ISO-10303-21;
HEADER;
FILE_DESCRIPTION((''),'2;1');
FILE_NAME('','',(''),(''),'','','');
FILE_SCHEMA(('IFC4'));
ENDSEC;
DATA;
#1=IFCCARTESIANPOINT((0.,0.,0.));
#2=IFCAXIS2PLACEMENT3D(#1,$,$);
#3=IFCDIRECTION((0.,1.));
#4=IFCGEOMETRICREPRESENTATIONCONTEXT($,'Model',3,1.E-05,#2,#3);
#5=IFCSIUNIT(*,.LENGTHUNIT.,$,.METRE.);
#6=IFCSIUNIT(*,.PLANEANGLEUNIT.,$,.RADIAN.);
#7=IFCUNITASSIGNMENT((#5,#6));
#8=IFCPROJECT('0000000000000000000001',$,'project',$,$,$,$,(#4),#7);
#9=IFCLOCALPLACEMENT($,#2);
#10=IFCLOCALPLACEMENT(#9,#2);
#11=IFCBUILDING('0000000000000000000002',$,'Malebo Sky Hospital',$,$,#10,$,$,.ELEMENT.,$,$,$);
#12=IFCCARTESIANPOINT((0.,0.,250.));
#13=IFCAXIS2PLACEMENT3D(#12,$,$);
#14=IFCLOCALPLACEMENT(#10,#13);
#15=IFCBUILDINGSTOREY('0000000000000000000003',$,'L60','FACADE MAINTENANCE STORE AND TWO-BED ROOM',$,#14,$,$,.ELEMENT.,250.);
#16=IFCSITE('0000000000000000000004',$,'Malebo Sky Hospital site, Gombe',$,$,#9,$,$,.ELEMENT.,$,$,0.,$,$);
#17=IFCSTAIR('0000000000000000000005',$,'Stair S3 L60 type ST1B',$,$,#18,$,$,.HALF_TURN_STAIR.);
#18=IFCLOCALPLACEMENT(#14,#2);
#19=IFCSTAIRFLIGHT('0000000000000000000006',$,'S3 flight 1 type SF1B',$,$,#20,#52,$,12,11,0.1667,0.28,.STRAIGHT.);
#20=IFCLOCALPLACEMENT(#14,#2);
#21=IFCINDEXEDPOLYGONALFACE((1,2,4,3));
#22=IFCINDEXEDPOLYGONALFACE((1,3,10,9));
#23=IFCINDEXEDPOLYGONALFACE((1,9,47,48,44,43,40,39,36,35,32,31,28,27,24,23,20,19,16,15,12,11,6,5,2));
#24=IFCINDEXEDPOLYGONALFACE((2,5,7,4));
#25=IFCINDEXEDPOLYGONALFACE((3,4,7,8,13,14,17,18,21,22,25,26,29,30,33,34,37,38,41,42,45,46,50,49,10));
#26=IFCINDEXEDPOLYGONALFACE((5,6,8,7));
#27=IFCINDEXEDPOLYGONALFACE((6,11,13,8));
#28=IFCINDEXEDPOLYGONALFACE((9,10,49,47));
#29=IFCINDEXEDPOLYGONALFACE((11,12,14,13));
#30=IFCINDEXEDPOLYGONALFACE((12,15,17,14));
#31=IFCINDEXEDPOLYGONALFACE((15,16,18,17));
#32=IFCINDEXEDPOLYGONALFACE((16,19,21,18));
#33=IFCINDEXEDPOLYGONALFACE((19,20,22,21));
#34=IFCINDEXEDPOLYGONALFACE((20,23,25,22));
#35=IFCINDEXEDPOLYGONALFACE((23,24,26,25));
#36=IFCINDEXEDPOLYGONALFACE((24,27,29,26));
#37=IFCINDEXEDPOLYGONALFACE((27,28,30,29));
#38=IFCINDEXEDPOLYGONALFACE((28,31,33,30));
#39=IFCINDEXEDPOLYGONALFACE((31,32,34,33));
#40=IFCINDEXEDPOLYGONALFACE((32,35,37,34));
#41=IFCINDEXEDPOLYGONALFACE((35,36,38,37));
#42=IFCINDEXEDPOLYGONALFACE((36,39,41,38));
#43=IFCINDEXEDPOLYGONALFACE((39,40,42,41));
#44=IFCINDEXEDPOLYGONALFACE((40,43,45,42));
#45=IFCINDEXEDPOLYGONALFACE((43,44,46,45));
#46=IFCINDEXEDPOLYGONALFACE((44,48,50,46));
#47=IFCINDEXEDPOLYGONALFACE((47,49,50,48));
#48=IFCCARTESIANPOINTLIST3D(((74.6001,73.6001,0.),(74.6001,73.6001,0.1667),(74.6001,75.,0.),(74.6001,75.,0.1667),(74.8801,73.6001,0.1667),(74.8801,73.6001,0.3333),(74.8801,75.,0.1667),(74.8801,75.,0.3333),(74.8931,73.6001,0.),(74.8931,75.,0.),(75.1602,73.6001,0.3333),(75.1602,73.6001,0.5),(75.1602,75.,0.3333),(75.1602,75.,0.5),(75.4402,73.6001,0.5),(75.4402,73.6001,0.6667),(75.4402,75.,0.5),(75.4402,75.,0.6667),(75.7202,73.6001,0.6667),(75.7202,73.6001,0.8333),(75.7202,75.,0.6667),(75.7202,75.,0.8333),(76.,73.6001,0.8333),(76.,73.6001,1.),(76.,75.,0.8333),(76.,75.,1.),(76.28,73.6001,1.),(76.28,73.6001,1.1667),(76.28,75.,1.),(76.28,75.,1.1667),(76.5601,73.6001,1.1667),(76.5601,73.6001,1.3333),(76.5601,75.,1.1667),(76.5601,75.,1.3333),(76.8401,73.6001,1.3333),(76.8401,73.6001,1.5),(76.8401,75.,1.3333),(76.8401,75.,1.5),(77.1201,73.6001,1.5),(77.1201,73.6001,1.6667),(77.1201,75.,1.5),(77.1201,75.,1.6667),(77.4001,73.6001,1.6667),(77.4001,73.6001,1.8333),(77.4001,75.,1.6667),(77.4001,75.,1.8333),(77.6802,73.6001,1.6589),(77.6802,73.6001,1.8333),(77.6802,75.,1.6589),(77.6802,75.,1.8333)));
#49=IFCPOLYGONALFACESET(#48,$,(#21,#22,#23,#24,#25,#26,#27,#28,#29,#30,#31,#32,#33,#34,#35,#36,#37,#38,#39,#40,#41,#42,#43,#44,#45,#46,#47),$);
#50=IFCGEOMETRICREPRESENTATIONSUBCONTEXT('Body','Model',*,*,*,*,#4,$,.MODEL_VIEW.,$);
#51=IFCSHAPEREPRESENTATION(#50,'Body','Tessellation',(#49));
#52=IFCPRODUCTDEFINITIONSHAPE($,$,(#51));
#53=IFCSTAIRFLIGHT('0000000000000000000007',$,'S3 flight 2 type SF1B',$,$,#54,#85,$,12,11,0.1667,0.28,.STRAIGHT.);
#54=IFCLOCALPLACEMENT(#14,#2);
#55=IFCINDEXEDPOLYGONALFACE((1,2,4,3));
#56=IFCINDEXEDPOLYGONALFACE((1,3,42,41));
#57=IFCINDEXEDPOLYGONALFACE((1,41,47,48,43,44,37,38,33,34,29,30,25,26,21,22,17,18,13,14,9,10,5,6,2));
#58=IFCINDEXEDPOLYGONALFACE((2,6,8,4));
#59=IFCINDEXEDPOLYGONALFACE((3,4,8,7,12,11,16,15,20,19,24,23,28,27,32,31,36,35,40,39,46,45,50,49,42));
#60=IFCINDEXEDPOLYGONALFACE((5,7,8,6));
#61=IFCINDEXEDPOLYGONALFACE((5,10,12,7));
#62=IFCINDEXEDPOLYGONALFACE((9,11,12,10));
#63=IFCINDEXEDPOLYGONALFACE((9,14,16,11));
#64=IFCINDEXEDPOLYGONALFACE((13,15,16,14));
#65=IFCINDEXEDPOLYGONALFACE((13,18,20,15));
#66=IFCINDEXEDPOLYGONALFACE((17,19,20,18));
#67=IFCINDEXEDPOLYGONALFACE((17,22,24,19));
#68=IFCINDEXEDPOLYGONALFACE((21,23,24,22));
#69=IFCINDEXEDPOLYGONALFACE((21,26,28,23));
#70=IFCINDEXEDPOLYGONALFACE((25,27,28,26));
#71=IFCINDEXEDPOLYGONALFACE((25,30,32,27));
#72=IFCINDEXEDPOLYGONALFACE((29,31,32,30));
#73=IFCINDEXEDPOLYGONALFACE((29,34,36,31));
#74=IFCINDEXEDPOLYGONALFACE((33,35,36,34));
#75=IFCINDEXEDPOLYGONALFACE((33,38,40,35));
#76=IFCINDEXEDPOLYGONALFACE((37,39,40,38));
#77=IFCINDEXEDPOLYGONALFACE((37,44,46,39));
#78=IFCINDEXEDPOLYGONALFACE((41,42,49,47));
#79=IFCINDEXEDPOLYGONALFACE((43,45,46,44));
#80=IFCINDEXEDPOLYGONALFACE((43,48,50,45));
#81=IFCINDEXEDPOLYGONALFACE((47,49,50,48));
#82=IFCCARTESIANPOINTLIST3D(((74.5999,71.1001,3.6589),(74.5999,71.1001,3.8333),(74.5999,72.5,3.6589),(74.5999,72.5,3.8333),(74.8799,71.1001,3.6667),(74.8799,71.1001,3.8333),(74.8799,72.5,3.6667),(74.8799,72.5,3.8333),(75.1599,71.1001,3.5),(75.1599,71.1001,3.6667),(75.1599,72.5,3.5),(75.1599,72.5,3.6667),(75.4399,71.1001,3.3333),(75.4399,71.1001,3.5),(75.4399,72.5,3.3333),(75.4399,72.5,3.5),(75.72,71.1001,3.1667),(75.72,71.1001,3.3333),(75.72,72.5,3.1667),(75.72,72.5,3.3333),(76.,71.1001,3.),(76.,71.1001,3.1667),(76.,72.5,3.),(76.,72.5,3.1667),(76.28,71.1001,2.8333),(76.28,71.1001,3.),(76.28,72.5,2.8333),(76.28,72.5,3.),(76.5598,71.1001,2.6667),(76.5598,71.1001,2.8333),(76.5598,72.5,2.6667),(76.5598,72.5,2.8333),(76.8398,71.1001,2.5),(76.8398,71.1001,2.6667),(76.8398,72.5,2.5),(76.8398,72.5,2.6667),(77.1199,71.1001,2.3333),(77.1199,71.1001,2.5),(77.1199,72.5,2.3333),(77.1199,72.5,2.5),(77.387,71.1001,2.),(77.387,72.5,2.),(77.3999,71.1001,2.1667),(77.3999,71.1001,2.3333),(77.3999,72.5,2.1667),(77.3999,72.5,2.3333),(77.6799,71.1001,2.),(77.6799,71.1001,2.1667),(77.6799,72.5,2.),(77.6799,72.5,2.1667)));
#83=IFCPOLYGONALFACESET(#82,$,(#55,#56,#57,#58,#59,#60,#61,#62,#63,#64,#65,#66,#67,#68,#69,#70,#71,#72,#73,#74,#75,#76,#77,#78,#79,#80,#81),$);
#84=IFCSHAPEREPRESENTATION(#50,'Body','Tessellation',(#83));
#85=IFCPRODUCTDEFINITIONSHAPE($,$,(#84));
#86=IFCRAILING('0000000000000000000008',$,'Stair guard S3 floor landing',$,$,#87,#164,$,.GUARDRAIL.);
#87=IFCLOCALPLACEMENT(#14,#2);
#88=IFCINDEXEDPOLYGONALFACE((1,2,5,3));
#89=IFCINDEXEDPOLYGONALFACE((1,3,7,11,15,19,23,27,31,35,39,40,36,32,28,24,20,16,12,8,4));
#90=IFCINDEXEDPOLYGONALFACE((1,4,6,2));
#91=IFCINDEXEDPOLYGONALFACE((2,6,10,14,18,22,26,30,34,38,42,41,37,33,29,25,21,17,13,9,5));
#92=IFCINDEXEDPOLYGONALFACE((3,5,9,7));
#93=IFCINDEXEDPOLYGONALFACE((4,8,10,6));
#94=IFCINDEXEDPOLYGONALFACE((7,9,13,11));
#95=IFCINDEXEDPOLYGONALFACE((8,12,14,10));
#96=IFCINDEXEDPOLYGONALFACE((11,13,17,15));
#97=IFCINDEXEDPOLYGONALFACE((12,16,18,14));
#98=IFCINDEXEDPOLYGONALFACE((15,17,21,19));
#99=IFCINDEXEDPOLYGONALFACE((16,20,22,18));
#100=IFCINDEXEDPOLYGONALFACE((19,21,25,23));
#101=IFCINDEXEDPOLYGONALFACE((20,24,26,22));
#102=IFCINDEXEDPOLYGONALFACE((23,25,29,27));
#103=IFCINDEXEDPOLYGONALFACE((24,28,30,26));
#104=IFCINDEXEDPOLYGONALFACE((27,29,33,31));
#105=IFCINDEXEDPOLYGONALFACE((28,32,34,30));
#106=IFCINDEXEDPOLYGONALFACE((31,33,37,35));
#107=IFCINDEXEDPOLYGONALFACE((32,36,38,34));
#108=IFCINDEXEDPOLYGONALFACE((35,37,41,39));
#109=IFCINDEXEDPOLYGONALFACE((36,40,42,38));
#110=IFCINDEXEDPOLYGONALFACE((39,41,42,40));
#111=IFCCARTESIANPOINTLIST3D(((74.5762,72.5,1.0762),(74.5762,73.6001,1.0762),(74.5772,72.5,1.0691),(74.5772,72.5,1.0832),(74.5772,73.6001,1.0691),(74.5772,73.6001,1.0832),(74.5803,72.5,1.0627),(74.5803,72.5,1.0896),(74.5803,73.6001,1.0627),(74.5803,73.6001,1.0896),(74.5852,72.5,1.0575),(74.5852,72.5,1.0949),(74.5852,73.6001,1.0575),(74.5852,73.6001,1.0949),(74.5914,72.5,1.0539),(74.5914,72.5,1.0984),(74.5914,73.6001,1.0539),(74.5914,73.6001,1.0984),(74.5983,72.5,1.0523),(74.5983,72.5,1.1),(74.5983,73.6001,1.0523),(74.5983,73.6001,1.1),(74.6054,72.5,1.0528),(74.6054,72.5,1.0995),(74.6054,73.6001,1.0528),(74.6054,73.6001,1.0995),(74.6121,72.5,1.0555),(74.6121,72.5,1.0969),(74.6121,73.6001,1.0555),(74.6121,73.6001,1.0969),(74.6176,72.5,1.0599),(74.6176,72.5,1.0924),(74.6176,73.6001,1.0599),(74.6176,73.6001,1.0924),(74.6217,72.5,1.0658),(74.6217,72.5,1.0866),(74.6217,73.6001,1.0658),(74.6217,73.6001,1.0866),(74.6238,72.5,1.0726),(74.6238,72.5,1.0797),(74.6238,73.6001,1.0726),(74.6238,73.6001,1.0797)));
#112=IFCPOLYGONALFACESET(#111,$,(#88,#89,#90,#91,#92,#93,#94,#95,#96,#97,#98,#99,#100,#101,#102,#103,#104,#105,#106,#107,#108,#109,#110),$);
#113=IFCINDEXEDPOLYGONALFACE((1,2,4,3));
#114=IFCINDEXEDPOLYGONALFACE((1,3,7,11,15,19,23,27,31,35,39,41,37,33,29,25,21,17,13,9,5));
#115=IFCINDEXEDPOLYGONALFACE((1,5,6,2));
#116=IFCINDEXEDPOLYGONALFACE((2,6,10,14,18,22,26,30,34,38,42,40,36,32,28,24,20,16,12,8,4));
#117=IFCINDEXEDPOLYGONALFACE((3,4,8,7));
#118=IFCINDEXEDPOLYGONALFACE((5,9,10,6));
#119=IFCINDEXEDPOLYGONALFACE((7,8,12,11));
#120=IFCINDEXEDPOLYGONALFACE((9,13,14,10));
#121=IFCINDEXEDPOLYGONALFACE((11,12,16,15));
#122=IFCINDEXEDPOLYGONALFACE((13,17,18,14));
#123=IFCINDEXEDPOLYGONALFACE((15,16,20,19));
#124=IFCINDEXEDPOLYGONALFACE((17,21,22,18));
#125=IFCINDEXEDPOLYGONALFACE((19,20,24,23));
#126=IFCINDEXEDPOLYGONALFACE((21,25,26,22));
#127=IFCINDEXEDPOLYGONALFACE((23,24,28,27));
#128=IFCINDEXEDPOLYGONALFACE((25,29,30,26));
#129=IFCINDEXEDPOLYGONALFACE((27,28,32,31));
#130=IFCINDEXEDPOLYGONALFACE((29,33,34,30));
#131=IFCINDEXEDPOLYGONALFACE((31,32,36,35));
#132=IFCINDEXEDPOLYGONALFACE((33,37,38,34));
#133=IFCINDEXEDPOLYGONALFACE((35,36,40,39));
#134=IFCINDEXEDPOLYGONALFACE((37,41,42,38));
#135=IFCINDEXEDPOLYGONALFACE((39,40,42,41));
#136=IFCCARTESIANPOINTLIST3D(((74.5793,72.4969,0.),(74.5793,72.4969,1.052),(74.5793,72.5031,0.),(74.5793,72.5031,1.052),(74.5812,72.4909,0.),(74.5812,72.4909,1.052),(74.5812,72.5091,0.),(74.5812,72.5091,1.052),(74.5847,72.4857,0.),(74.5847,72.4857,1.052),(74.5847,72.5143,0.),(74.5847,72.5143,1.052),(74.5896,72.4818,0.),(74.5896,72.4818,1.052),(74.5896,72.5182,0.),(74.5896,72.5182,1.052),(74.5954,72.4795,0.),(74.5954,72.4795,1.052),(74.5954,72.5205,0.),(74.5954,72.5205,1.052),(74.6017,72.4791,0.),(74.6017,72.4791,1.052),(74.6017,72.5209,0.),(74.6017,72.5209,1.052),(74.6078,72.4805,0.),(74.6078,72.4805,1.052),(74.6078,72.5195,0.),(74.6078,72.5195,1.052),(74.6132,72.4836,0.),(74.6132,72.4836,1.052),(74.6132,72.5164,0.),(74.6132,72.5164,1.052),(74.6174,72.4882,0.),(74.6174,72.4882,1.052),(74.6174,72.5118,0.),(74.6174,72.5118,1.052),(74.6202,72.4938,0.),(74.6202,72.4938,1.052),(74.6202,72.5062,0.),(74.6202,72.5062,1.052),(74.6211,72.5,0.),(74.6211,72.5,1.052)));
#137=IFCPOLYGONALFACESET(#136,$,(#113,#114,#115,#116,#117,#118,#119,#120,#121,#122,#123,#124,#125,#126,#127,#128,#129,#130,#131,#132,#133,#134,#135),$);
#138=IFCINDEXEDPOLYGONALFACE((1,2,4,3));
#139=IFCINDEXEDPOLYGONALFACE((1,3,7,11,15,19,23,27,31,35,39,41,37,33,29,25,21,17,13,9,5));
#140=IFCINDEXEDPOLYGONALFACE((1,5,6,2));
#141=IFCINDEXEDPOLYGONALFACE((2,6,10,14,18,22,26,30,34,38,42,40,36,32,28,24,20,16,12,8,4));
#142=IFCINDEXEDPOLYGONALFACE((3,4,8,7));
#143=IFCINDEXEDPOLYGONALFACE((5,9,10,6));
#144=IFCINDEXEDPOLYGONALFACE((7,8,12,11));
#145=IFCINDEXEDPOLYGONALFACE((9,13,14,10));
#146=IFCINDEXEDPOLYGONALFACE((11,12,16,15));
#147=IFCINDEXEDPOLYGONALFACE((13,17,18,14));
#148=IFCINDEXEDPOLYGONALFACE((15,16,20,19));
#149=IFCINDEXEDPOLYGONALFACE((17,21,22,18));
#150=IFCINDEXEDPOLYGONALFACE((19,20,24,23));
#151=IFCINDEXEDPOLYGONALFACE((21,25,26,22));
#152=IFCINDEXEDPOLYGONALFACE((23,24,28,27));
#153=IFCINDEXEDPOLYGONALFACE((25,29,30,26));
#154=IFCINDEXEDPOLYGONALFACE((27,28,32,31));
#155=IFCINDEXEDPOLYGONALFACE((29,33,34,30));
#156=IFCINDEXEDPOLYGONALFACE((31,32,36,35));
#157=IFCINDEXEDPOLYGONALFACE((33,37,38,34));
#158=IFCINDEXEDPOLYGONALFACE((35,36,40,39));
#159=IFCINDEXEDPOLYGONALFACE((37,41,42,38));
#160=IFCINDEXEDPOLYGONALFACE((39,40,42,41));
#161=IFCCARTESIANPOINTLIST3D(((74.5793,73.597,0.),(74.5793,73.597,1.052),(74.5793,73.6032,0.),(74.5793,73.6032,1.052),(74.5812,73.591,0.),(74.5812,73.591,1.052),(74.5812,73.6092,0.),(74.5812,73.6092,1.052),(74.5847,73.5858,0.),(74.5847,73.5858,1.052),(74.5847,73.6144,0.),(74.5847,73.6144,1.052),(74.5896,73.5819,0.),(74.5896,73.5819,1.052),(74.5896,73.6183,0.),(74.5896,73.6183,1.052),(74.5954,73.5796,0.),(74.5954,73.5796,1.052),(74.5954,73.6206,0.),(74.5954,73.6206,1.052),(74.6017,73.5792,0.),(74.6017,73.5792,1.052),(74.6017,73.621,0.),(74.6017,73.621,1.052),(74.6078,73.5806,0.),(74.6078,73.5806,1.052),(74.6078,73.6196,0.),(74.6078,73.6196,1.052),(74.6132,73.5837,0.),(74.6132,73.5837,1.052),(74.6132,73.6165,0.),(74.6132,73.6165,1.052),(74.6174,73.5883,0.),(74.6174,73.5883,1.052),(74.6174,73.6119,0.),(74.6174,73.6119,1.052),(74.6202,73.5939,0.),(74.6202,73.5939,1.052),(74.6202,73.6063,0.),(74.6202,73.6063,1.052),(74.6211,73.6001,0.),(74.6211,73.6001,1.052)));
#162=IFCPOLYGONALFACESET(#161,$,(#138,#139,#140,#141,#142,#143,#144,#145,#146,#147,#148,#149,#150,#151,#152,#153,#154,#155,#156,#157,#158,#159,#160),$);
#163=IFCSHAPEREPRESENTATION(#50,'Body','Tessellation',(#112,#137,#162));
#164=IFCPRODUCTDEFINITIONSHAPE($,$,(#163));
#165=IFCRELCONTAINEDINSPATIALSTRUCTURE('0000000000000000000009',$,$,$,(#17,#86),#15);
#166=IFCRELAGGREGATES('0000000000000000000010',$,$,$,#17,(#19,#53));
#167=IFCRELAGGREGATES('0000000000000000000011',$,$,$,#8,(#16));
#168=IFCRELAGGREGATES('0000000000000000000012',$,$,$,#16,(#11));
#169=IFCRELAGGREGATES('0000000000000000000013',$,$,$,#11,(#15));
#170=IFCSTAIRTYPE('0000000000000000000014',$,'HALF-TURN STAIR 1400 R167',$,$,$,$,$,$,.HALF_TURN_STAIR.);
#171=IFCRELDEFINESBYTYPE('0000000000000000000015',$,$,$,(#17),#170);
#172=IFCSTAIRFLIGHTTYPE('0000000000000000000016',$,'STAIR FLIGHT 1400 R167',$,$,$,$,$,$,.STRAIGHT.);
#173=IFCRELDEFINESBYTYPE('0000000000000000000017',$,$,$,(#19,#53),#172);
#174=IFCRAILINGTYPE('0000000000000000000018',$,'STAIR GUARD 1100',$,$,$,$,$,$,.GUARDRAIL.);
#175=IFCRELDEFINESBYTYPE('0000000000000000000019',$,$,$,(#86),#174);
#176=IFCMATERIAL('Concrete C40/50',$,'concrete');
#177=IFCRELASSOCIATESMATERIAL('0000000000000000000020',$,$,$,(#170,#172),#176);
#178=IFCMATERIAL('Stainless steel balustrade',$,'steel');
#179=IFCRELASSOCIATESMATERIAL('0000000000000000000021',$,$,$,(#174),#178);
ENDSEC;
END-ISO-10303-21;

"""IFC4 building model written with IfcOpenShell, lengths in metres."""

from ifc_helpers import new_model, si_unit, direction, frame, origin, origin_2d, place, context, subcontext, project, spatial, polyline, circle, outline, extrude, material, type_object, element, aggregate, save


model = new_model("IFC4")

# Units and contexts
model_context = context("Model", 3, precision=1e-05, world=origin(), true_north=direction((0.0, 1.0)))
body_context = subcontext(model_context, "Body", "Model", "MODEL_VIEW")
ifc_project = project(units=[si_unit("LENGTHUNIT", "METRE"), si_unit("PLANEANGLEUNIT", "RADIAN")], contexts=[model_context])

# Site, building, storey
site_placement = place(None, origin())
site = spatial("IfcSite", under=ifc_project, at=site_placement, Name="Malebo Sky Hospital site, Gombe", CompositionType="ELEMENT", RefElevation=0.0)
building_placement = place(site_placement, origin())
building = spatial("IfcBuilding", under=site, at=building_placement, Name="Malebo Sky Hospital", CompositionType="ELEMENT")
storey_placement = place(building_placement, frame((0.0, 0.0, 250.0)))
storey = spatial("IfcBuildingStorey", under=building, at=storey_placement, Name="L60", Description="FACADE MAINTENANCE STORE AND TWO-BED ROOM", CompositionType="ELEMENT", Elevation=250.0)

# Shared definitions
ifc_material_1 = material(Name="Concrete C40/50", Category="concrete")

# Stair, stair flights
stair_type = type_object("IfcStairType", Name="HALF-TURN STAIR 1400 R167", PredefinedType="HALF_TURN_STAIR", material=ifc_material_1)
stair_placement = place(storey_placement, origin())
stair = element("IfcStair", 1, at=stair_placement, inside=storey, type_object=stair_type, Name="Stair S3 L60 type ST1B", PredefinedType="HALF_TURN_STAIR")
stair_flight_type = type_object("IfcStairFlightType", Name="STAIR FLIGHT 1400 R167", PredefinedType="STRAIGHT", material=ifc_material_1)
stair_flight_1_placement = place(storey_placement, frame((74.6001, 74.3, 0.0), z_axis=(0.0, 0.0, 1.0), x_axis=(1.0, 0.0, 0.0)))
stair_flight_1 = element("IfcStairFlight", 2, at=stair_flight_1_placement, type_object=stair_flight_type, Name="S3 flight 1 type SF1B", NumberOfRisers=12, NumberOfTreads=11, PredefinedType="STRAIGHT", RiserHeight=0.1667, TreadLength=0.28, context=body_context, shape_type="SweptSolid", body=[
    extrude(outline(polyline([(0.0, 0.0), (0.0, 0.1667), (0.28, 0.1667), (0.28, 0.3333), (0.5601, 0.3333), (0.5601, 0.5), (0.8401, 0.5), (0.8401, 0.6667), (1.1201, 0.6667), (1.1201, 0.8333), (1.3999, 0.8333), (1.3999, 1.0), (1.6799, 1.0), (1.6799, 1.1667), (1.96, 1.1667), (1.96, 1.3333), (2.24, 1.3333), (2.24, 1.5), (2.52, 1.5), (2.52, 1.6667), (2.8, 1.6667), (2.8, 1.8333), (3.0801, 1.8333), (3.0801, 2.0), (3.0801, 1.6589), (0.293, 0.0), (0.0, 0.0)])), frame((0.0, 0.7, 0.0), z_axis=(0.0, -1.0, 0.0), x_axis=(1.0, 0.0, 0.0)), (0.0, 0.0, 1.0), 1.3999),
])
stair_flight_2_placement = place(storey_placement, frame((77.6799, 71.8, 2.0), z_axis=(0.0, 0.0, 1.0), x_axis=(-1.0, 0.0, 0.0)))
stair_flight_2 = element("IfcStairFlight", 3, at=stair_flight_2_placement, type_object=stair_flight_type, Name="S3 flight 2 type SF1B", NumberOfRisers=12, NumberOfTreads=11, PredefinedType="STRAIGHT", RiserHeight=0.1667, TreadLength=0.28, context=body_context, shape_type="SweptSolid", body=[
    extrude(outline(polyline([(0.0, 0.0), (0.0, 0.1667), (0.28, 0.1667), (0.28, 0.3333), (0.5601, 0.3333), (0.5601, 0.5), (0.8401, 0.5), (0.8401, 0.6667), (1.1201, 0.6667), (1.1201, 0.8333), (1.3999, 0.8333), (1.3999, 1.0), (1.6799, 1.0), (1.6799, 1.1667), (1.96, 1.1667), (1.96, 1.3333), (2.24, 1.3333), (2.24, 1.5), (2.52, 1.5), (2.52, 1.6667), (2.8, 1.6667), (2.8, 1.8333), (3.0801, 1.8333), (3.0801, 2.0), (3.0801, 1.6589), (0.293, 0.0), (0.0, 0.0)])), frame((0.0, 0.7, 0.0), z_axis=(0.0, -1.0, 0.0), x_axis=(1.0, 0.0, 0.0)), (0.0, 0.0, 1.0), 1.3999),
])
aggregate(stair, [stair_flight_1, stair_flight_2])

# Railing
ifc_material_2 = material(Name="Stainless steel balustrade", Category="steel")
railing_type_1 = type_object("IfcRailingType", Name="STAIR GUARD 1100", PredefinedType="GUARDRAIL", material=ifc_material_2)
for number, where, name in (
    (4, (74.6001, 72.5, 0.0), "Stair guard S3 floor landing"),
):
    element("IfcRailing", number, at=place(storey_placement, frame(where)), inside=storey, type_object=railing_type_1, Name=name, PredefinedType="GUARDRAIL", context=body_context, shape_type="SweptSolid", body=[
        extrude(circle(Radius=0.0239, at=origin_2d()), frame((0.0, 0.0, 1.0762), z_axis=(0.0, 1.0, 0.0), x_axis=(-1.0, 0.0, 0.0)), (0.0, 0.0, 1.0), 1.1001),
        extrude(circle(Radius=0.021, at=origin_2d()), origin(), (0.0, 0.0, 1.0), 1.052),
        extrude(circle(Radius=0.021, at=origin_2d()), frame((0.0, 1.1001, 0.0)), (0.0, 0.0, 1.0), 1.052),
    ])

save(model, "model.ifc")
